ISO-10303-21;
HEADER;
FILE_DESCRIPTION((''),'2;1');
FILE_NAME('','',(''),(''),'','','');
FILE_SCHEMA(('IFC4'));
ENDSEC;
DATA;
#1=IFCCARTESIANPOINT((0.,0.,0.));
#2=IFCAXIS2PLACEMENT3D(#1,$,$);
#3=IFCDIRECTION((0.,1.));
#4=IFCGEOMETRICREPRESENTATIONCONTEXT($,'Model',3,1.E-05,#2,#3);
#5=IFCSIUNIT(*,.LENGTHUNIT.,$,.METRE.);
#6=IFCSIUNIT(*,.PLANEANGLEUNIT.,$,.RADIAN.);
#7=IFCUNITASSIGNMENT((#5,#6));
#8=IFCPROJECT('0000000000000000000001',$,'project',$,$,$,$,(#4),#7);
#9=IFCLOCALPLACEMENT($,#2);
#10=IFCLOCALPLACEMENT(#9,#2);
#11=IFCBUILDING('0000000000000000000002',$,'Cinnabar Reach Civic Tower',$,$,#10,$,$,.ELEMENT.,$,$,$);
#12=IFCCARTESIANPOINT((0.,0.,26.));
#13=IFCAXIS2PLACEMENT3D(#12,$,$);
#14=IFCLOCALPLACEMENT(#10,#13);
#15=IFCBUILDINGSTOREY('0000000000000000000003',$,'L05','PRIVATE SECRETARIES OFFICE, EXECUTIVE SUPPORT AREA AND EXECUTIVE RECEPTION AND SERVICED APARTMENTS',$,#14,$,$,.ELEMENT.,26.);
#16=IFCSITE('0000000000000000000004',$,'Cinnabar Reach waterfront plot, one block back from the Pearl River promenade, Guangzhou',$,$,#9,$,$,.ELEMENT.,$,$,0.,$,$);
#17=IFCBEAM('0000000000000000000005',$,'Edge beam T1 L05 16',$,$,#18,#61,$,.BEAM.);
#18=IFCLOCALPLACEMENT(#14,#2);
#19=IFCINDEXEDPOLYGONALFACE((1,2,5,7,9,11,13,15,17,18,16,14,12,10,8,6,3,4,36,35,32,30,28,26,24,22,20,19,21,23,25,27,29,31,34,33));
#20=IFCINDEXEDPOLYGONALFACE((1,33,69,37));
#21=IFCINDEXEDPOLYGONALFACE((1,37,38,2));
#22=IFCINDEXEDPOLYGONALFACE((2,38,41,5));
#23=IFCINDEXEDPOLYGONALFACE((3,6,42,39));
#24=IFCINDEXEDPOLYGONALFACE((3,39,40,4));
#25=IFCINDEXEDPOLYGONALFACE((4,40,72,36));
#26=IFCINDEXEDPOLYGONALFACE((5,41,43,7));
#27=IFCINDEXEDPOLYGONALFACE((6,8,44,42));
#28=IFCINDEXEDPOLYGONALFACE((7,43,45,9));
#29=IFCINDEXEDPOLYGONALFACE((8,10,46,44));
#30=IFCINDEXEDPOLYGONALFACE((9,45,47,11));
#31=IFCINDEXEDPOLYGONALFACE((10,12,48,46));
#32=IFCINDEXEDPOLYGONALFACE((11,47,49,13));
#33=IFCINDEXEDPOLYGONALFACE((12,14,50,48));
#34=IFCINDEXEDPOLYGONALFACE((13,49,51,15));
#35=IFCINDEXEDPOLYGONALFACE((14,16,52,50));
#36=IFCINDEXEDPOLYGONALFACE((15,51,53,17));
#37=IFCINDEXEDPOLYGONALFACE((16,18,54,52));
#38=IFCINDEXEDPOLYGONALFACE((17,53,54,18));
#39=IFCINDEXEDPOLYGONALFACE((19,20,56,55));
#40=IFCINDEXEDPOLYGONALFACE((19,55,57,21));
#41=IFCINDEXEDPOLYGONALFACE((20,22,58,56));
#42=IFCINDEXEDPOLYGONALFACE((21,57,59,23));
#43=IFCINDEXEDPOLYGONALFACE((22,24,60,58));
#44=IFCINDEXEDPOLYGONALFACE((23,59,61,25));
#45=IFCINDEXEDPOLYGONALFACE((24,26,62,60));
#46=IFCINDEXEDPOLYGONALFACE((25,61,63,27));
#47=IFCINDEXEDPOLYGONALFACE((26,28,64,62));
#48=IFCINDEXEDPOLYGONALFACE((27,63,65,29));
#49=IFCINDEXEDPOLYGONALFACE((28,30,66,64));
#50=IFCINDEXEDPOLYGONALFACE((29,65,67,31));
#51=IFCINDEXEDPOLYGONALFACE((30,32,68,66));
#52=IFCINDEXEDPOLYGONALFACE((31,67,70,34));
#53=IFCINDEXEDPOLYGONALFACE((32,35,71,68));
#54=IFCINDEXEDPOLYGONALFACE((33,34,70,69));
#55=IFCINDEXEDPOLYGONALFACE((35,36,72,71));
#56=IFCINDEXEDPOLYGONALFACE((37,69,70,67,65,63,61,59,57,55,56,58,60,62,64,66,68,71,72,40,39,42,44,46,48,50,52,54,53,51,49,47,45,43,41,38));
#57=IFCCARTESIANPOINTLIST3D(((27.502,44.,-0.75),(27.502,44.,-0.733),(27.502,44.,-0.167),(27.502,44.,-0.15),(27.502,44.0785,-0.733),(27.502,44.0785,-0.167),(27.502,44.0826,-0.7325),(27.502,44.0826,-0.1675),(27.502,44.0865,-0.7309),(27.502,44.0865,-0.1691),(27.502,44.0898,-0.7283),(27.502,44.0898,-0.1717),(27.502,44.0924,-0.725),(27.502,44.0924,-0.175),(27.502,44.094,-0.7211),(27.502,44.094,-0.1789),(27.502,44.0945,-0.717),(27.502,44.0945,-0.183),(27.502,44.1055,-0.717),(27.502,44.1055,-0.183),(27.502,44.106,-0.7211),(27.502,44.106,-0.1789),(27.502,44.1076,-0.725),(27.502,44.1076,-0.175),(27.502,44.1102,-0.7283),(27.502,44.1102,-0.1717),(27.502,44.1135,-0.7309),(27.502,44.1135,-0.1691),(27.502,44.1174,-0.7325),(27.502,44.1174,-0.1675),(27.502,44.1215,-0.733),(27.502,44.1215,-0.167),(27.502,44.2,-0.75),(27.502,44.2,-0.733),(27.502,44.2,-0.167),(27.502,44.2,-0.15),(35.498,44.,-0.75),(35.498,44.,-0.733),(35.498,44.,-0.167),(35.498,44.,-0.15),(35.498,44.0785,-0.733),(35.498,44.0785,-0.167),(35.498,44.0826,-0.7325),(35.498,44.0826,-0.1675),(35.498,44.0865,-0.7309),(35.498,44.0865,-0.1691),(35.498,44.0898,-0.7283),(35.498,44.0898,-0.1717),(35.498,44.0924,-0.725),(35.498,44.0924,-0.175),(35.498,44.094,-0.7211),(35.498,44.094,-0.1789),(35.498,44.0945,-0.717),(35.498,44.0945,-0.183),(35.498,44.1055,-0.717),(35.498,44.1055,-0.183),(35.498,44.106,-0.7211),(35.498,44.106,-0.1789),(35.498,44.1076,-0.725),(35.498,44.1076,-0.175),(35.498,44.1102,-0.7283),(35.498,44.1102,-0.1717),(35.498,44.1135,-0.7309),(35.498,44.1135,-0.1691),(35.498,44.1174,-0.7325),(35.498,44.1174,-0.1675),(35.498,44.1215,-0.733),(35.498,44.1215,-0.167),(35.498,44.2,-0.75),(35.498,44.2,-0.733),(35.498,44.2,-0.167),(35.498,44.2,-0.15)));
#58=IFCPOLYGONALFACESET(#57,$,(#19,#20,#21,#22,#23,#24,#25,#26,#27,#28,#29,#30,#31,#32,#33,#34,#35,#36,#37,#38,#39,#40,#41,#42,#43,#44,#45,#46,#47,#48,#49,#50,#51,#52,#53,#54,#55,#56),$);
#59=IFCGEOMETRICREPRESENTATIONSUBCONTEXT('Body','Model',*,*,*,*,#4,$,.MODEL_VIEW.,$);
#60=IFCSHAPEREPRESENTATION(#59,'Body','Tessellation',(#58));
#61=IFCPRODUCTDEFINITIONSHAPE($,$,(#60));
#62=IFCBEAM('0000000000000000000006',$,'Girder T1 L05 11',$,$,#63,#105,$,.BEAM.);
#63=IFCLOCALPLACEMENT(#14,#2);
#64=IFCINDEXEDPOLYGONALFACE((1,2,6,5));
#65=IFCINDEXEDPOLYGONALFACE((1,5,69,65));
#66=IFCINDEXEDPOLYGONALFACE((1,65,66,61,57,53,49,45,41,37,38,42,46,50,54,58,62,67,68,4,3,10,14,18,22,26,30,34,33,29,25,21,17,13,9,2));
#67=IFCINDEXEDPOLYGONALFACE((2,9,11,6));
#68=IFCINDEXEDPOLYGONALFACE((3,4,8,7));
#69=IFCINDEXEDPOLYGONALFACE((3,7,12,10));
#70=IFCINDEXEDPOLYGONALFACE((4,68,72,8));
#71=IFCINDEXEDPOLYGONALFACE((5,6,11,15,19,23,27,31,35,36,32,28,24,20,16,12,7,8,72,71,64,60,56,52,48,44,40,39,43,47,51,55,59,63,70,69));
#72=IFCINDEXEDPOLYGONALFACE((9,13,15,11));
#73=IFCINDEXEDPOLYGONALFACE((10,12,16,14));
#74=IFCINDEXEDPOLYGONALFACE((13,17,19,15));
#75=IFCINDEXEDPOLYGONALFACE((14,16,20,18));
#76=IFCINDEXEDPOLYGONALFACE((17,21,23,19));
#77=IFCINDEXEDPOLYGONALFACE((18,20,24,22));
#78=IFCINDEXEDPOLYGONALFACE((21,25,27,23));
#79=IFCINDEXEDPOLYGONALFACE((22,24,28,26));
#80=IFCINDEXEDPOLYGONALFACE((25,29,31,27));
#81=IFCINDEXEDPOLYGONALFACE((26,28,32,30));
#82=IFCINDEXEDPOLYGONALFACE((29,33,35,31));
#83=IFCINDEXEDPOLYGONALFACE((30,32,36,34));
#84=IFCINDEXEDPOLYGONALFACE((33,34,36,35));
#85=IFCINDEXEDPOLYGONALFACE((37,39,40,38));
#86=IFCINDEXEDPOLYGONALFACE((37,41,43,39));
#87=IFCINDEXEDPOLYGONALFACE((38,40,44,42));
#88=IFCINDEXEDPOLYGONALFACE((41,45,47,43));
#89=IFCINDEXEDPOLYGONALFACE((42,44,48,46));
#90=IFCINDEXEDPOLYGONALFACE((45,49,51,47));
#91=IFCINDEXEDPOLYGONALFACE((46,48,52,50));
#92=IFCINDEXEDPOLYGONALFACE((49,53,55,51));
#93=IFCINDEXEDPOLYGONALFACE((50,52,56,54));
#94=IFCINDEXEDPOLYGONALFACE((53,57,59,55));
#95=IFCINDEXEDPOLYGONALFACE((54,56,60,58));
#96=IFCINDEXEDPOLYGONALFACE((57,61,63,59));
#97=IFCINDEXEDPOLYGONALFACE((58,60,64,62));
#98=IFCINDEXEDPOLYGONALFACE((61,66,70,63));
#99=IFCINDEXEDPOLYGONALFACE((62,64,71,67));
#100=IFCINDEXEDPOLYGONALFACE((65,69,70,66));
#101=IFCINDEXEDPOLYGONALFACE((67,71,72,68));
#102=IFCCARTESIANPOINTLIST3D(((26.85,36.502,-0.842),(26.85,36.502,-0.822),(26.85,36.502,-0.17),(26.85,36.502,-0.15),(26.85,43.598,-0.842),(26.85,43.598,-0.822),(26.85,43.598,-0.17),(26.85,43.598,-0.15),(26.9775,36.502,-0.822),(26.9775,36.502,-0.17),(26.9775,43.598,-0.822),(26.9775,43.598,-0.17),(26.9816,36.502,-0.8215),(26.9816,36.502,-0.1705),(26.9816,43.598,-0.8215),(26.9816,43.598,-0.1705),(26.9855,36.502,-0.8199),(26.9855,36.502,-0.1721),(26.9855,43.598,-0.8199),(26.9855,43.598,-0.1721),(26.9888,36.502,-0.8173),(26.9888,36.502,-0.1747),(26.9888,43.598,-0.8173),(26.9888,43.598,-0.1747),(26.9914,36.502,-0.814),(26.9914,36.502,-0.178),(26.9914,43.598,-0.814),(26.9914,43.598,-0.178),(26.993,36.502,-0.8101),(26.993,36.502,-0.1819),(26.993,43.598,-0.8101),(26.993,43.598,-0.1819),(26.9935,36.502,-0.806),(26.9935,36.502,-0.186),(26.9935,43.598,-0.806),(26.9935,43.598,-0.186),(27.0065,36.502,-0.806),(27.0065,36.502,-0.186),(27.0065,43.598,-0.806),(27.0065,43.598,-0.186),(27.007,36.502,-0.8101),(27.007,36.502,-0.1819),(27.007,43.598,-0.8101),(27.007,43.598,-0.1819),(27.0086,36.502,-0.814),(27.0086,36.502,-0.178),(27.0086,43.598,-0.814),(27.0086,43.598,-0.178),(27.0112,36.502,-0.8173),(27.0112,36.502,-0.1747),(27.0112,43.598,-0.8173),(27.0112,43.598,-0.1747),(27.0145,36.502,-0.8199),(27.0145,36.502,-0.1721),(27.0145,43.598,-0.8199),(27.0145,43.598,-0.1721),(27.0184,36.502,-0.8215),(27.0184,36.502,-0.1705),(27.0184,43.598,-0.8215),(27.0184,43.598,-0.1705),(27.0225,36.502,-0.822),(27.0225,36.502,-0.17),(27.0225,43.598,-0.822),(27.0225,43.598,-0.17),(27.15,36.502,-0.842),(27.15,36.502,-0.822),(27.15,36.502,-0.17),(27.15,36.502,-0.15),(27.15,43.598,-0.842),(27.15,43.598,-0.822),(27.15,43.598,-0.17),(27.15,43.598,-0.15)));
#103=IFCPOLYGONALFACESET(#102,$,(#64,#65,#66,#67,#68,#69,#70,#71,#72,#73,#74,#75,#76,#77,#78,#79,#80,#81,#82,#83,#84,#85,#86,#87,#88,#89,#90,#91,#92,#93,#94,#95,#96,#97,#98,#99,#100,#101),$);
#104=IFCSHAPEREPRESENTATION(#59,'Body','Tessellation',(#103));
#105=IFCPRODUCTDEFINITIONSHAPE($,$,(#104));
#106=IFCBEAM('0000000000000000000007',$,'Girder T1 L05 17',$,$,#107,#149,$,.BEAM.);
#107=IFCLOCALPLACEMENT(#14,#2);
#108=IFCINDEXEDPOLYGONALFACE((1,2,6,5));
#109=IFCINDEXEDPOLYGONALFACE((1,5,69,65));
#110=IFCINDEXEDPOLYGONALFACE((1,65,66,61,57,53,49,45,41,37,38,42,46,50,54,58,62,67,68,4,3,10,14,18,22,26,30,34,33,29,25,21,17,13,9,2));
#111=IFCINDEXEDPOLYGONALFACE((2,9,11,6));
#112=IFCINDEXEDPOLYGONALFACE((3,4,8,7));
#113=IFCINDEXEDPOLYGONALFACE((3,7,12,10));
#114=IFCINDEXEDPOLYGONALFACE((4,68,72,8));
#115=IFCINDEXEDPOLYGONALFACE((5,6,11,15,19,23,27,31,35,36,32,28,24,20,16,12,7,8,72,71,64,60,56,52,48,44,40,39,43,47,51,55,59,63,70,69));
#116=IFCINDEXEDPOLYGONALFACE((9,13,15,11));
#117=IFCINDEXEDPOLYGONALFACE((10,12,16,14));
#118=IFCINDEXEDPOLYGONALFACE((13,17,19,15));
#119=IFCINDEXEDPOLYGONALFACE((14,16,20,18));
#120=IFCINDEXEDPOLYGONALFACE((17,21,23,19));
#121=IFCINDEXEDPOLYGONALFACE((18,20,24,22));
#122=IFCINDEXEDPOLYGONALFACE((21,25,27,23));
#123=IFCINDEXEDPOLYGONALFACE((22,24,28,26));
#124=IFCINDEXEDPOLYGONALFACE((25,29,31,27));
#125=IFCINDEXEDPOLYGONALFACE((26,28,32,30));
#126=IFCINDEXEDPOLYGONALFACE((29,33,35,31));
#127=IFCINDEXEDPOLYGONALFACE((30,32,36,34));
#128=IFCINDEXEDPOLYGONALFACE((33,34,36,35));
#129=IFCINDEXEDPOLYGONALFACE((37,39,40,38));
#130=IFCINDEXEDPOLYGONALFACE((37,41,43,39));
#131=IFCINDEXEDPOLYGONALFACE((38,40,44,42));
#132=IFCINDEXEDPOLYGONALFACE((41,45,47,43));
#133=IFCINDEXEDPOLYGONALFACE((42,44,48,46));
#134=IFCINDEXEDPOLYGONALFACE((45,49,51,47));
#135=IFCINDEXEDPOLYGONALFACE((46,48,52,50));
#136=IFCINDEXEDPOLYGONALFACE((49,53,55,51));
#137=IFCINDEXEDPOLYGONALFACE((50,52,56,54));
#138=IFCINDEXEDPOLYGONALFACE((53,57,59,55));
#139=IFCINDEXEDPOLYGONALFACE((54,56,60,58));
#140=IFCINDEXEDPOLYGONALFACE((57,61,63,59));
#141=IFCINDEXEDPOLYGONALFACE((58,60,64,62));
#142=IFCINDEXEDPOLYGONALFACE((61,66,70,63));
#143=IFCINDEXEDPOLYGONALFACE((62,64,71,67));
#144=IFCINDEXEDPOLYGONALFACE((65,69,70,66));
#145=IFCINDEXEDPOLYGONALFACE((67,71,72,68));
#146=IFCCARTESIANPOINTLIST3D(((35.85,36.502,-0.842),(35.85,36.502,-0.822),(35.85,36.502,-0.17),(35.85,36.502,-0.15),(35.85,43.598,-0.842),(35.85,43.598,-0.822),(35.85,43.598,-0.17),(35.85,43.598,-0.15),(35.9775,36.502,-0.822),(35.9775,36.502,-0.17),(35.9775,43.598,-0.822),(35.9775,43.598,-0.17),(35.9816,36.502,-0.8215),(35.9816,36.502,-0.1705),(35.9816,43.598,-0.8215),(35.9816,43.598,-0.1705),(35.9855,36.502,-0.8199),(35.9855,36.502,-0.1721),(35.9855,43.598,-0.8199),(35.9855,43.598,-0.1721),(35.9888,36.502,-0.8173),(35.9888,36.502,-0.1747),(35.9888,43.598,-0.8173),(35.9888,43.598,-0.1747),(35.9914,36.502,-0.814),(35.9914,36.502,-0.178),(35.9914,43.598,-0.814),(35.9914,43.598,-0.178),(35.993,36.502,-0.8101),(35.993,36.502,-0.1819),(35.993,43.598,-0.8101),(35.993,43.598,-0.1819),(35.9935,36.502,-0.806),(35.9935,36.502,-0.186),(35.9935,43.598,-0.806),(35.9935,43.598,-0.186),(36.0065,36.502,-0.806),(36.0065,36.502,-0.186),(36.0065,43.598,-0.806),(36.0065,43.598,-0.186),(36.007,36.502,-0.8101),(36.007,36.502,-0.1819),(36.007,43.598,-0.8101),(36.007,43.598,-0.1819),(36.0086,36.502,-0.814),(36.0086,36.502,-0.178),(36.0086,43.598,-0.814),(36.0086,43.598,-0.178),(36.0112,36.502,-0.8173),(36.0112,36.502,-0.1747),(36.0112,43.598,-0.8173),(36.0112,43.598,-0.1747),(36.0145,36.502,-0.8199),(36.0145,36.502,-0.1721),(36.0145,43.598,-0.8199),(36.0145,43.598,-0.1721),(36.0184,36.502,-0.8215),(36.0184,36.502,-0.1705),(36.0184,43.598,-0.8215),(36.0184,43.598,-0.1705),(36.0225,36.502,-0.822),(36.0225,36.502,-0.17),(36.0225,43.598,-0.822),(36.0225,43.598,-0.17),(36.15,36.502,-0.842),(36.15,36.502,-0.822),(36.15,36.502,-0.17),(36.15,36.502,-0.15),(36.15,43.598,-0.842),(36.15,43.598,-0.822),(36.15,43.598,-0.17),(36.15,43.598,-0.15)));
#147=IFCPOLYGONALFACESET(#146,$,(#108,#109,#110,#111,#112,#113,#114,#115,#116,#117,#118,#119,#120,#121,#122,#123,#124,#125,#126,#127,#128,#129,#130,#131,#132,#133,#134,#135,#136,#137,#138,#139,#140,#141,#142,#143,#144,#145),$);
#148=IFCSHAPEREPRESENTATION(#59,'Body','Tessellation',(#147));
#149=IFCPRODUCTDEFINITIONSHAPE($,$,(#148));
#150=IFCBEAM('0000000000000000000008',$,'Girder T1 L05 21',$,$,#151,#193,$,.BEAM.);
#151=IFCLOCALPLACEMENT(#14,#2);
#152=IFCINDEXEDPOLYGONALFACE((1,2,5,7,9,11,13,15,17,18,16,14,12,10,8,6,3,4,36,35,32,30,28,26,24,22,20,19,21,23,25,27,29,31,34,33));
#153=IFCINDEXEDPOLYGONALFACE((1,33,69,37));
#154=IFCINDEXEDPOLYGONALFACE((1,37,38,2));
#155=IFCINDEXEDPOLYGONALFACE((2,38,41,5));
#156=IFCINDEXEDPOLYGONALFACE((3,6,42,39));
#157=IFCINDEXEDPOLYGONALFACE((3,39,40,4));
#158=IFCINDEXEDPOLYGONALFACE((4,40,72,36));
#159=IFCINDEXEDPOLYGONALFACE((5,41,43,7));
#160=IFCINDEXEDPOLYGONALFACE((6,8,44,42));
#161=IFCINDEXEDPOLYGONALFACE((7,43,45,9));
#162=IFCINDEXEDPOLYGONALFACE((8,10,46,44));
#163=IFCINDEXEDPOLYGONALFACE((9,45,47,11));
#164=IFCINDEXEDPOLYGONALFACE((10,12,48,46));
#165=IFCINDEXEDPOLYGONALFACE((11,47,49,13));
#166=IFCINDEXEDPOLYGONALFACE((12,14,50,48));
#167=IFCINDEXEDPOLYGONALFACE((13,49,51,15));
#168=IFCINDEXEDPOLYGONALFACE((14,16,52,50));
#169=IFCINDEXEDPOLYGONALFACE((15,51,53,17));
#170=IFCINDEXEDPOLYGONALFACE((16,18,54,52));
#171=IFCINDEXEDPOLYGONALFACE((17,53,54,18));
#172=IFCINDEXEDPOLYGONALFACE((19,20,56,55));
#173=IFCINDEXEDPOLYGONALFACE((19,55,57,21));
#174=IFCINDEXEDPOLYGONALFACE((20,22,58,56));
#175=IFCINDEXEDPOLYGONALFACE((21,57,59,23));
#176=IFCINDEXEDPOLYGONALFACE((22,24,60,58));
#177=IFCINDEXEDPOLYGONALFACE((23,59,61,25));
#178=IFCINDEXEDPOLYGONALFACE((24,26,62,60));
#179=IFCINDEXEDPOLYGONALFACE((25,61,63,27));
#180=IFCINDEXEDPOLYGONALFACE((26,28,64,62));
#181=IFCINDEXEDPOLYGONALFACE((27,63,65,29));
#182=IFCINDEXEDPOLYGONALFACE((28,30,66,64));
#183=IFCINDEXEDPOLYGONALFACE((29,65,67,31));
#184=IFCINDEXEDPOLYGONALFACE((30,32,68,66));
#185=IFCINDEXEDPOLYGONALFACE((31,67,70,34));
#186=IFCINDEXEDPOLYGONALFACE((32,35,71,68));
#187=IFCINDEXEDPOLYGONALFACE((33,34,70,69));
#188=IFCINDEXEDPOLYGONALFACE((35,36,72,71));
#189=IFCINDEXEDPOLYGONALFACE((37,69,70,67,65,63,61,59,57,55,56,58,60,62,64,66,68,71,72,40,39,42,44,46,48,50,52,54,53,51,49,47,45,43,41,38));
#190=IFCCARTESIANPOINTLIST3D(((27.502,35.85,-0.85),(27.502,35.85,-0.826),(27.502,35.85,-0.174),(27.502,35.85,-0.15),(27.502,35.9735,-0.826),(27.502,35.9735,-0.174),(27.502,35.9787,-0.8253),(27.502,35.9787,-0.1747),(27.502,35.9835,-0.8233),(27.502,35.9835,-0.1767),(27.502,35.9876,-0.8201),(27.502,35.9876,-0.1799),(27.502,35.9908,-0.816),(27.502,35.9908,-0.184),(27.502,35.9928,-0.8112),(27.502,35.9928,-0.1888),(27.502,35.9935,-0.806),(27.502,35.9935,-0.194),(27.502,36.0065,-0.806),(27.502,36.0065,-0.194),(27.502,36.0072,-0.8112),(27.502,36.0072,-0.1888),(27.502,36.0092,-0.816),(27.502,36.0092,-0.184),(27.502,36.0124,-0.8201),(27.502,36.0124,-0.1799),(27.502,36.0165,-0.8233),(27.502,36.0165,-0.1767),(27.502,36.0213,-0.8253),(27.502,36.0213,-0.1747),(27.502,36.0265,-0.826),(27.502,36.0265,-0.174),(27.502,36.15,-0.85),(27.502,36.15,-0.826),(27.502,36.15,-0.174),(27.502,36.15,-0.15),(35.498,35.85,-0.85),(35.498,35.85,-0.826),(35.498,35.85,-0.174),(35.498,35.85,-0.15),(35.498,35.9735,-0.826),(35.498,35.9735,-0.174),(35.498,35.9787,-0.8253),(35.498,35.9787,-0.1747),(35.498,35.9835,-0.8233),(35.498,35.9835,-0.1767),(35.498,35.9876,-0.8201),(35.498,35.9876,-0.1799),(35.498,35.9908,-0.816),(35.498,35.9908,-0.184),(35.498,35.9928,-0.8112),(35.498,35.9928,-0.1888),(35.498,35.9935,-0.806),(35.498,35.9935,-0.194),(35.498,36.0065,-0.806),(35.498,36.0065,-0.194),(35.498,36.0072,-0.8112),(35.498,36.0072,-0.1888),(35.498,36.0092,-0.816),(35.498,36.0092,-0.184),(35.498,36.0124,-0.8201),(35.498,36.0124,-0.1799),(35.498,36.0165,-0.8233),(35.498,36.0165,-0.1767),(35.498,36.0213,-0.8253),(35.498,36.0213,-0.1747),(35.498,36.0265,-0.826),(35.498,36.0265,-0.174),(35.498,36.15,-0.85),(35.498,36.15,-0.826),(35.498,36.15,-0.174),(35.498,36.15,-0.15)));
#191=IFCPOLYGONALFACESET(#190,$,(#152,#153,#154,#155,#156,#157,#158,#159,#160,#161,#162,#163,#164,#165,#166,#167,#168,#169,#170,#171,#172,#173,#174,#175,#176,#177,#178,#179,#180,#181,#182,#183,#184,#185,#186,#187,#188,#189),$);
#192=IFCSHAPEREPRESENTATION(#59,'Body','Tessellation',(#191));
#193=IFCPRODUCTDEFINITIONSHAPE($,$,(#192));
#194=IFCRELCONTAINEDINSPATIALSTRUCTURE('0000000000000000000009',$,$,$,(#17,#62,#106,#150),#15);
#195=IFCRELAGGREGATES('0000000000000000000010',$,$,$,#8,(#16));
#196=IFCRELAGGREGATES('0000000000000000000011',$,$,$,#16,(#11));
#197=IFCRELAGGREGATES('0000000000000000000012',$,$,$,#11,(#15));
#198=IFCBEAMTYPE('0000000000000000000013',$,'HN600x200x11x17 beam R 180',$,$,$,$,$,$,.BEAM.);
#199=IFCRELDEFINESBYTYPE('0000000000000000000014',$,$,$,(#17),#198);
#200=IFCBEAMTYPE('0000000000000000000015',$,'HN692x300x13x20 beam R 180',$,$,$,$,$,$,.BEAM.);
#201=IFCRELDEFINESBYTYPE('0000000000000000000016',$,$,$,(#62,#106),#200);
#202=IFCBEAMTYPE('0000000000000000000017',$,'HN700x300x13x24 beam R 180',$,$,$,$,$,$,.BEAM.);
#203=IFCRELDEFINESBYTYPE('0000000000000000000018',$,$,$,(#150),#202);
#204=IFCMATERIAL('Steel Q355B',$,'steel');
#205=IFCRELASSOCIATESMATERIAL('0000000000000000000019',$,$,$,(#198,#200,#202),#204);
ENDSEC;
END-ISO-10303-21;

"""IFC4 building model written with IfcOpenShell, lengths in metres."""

from ifc_helpers import new_model, si_unit, direction, frame, origin, origin_2d, place, context, subcontext, project, spatial, i_section, extrude, material, material_profile, profile_set, type_object, element, save


model = new_model("IFC4")

# Units and contexts
model_context = context("Model", 3, precision=1e-05, world=origin(), true_north=direction((0.0, 1.0)))
body_context = subcontext(model_context, "Body", "Model", "MODEL_VIEW")
ifc_project = project(units=[si_unit("LENGTHUNIT", "METRE"), si_unit("PLANEANGLEUNIT", "RADIAN")], contexts=[model_context])

# Site, building, storey
site_placement = place(None, origin())
site = spatial("IfcSite", under=ifc_project, at=site_placement, Name="Cinnabar Reach waterfront plot, one block back from the Pearl River promenade, Guangzhou", CompositionType="ELEMENT", RefElevation=0.0)
building_placement = place(site_placement, origin())
building = spatial("IfcBuilding", under=site, at=building_placement, Name="Cinnabar Reach Civic Tower", CompositionType="ELEMENT")
storey_placement = place(building_placement, frame((0.0, 0.0, 26.0)))
storey = spatial("IfcBuildingStorey", under=building, at=storey_placement, Name="L05", Description="PRIVATE SECRETARIES OFFICE, EXECUTIVE SUPPORT AREA AND EXECUTIVE RECEPTION AND SERVICED APARTMENTS", CompositionType="ELEMENT", Elevation=26.0)

# Beams
ifc_material_1 = material(Name="Steel Q355B", Category="steel")
ifc_material_profile_1 = material_profile(ifc_material_1, i_section(OverallWidth=0.2, OverallDepth=0.6, WebThickness=0.011, FlangeThickness=0.017, FilletRadius=0.016, at=origin_2d()), Name="HN600x200x11x17")
ifc_profile_set_1 = profile_set([ifc_material_profile_1], Name="Steel Q355B")
beam_type_1 = type_object("IfcBeamType", Name="HN600x200x11x17 beam R 180", PredefinedType="BEAM", material=ifc_profile_set_1)
beam_1_placement = place(storey_placement, frame((35.498, 44.1, -0.45), z_axis=(-1.0, 0.0, 0.0), x_axis=(0.0, -1.0, 0.0)))
element("IfcBeam", 1, at=beam_1_placement, inside=storey, type_object=beam_type_1, Name="Edge beam T1 L05 16", PredefinedType="BEAM", context=body_context, shape_type="SweptSolid", body=[
    extrude(i_section(OverallWidth=0.2, OverallDepth=0.6, WebThickness=0.011, FlangeThickness=0.017, FilletRadius=0.016, at=origin_2d()), origin(), (0.0, 0.0, 1.0), 7.996),
])
ifc_material_profile_2 = material_profile(ifc_material_1, i_section(OverallWidth=0.3, OverallDepth=0.692, WebThickness=0.013, FlangeThickness=0.02, FilletRadius=0.016, at=origin_2d()), Name="HN692x300x13x20")
ifc_profile_set_2 = profile_set([ifc_material_profile_2], Name="Steel Q355B")
beam_type_2 = type_object("IfcBeamType", Name="HN692x300x13x20 beam R 180", PredefinedType="BEAM", material=ifc_profile_set_2)
for number, where, z_axis, x_axis, name in (
    (2, (27.0, 36.502, -0.496), (0.0, 1.0, 0.0), (-1.0, 0.0, 0.0), "Girder T1 L05 11"),
    (3, (36.0, 36.502, -0.496), (0.0, 1.0, 0.0), (-1.0, 0.0, 0.0), "Girder T1 L05 17"),
):
    element("IfcBeam", number, at=place(storey_placement, frame(where, z_axis=z_axis, x_axis=x_axis)), inside=storey, type_object=beam_type_2, Name=name, PredefinedType="BEAM", context=body_context, shape_type="SweptSolid", body=[
        extrude(i_section(OverallWidth=0.3, OverallDepth=0.692, WebThickness=0.013, FlangeThickness=0.02, FilletRadius=0.016, at=origin_2d()), origin(), (0.0, 0.0, 1.0), 7.096),
    ])
ifc_material_profile_3 = material_profile(ifc_material_1, i_section(OverallWidth=0.3, OverallDepth=0.7, WebThickness=0.013, FlangeThickness=0.024, FilletRadius=0.02, at=origin_2d()), Name="HN700x300x13x24")
ifc_profile_set_3 = profile_set([ifc_material_profile_3], Name="Steel Q355B")
beam_type_3 = type_object("IfcBeamType", Name="HN700x300x13x24 beam R 180", PredefinedType="BEAM", material=ifc_profile_set_3)
for number, where, z_axis, x_axis, name in (
    (4, (27.502, 36.0, -0.5), (1.0, 0.0, 0.0), (0.0, 1.0, 0.0), "Girder T1 L05 21"),
):
    element("IfcBeam", number, at=place(storey_placement, frame(where, z_axis=z_axis, x_axis=x_axis)), inside=storey, type_object=beam_type_3, Name=name, PredefinedType="BEAM", context=body_context, shape_type="SweptSolid", body=[
        extrude(i_section(OverallWidth=0.3, OverallDepth=0.7, WebThickness=0.013, FlangeThickness=0.024, FilletRadius=0.02, at=origin_2d()), origin(), (0.0, 0.0, 1.0), 7.996),
    ])

save(model, "model.ifc")
